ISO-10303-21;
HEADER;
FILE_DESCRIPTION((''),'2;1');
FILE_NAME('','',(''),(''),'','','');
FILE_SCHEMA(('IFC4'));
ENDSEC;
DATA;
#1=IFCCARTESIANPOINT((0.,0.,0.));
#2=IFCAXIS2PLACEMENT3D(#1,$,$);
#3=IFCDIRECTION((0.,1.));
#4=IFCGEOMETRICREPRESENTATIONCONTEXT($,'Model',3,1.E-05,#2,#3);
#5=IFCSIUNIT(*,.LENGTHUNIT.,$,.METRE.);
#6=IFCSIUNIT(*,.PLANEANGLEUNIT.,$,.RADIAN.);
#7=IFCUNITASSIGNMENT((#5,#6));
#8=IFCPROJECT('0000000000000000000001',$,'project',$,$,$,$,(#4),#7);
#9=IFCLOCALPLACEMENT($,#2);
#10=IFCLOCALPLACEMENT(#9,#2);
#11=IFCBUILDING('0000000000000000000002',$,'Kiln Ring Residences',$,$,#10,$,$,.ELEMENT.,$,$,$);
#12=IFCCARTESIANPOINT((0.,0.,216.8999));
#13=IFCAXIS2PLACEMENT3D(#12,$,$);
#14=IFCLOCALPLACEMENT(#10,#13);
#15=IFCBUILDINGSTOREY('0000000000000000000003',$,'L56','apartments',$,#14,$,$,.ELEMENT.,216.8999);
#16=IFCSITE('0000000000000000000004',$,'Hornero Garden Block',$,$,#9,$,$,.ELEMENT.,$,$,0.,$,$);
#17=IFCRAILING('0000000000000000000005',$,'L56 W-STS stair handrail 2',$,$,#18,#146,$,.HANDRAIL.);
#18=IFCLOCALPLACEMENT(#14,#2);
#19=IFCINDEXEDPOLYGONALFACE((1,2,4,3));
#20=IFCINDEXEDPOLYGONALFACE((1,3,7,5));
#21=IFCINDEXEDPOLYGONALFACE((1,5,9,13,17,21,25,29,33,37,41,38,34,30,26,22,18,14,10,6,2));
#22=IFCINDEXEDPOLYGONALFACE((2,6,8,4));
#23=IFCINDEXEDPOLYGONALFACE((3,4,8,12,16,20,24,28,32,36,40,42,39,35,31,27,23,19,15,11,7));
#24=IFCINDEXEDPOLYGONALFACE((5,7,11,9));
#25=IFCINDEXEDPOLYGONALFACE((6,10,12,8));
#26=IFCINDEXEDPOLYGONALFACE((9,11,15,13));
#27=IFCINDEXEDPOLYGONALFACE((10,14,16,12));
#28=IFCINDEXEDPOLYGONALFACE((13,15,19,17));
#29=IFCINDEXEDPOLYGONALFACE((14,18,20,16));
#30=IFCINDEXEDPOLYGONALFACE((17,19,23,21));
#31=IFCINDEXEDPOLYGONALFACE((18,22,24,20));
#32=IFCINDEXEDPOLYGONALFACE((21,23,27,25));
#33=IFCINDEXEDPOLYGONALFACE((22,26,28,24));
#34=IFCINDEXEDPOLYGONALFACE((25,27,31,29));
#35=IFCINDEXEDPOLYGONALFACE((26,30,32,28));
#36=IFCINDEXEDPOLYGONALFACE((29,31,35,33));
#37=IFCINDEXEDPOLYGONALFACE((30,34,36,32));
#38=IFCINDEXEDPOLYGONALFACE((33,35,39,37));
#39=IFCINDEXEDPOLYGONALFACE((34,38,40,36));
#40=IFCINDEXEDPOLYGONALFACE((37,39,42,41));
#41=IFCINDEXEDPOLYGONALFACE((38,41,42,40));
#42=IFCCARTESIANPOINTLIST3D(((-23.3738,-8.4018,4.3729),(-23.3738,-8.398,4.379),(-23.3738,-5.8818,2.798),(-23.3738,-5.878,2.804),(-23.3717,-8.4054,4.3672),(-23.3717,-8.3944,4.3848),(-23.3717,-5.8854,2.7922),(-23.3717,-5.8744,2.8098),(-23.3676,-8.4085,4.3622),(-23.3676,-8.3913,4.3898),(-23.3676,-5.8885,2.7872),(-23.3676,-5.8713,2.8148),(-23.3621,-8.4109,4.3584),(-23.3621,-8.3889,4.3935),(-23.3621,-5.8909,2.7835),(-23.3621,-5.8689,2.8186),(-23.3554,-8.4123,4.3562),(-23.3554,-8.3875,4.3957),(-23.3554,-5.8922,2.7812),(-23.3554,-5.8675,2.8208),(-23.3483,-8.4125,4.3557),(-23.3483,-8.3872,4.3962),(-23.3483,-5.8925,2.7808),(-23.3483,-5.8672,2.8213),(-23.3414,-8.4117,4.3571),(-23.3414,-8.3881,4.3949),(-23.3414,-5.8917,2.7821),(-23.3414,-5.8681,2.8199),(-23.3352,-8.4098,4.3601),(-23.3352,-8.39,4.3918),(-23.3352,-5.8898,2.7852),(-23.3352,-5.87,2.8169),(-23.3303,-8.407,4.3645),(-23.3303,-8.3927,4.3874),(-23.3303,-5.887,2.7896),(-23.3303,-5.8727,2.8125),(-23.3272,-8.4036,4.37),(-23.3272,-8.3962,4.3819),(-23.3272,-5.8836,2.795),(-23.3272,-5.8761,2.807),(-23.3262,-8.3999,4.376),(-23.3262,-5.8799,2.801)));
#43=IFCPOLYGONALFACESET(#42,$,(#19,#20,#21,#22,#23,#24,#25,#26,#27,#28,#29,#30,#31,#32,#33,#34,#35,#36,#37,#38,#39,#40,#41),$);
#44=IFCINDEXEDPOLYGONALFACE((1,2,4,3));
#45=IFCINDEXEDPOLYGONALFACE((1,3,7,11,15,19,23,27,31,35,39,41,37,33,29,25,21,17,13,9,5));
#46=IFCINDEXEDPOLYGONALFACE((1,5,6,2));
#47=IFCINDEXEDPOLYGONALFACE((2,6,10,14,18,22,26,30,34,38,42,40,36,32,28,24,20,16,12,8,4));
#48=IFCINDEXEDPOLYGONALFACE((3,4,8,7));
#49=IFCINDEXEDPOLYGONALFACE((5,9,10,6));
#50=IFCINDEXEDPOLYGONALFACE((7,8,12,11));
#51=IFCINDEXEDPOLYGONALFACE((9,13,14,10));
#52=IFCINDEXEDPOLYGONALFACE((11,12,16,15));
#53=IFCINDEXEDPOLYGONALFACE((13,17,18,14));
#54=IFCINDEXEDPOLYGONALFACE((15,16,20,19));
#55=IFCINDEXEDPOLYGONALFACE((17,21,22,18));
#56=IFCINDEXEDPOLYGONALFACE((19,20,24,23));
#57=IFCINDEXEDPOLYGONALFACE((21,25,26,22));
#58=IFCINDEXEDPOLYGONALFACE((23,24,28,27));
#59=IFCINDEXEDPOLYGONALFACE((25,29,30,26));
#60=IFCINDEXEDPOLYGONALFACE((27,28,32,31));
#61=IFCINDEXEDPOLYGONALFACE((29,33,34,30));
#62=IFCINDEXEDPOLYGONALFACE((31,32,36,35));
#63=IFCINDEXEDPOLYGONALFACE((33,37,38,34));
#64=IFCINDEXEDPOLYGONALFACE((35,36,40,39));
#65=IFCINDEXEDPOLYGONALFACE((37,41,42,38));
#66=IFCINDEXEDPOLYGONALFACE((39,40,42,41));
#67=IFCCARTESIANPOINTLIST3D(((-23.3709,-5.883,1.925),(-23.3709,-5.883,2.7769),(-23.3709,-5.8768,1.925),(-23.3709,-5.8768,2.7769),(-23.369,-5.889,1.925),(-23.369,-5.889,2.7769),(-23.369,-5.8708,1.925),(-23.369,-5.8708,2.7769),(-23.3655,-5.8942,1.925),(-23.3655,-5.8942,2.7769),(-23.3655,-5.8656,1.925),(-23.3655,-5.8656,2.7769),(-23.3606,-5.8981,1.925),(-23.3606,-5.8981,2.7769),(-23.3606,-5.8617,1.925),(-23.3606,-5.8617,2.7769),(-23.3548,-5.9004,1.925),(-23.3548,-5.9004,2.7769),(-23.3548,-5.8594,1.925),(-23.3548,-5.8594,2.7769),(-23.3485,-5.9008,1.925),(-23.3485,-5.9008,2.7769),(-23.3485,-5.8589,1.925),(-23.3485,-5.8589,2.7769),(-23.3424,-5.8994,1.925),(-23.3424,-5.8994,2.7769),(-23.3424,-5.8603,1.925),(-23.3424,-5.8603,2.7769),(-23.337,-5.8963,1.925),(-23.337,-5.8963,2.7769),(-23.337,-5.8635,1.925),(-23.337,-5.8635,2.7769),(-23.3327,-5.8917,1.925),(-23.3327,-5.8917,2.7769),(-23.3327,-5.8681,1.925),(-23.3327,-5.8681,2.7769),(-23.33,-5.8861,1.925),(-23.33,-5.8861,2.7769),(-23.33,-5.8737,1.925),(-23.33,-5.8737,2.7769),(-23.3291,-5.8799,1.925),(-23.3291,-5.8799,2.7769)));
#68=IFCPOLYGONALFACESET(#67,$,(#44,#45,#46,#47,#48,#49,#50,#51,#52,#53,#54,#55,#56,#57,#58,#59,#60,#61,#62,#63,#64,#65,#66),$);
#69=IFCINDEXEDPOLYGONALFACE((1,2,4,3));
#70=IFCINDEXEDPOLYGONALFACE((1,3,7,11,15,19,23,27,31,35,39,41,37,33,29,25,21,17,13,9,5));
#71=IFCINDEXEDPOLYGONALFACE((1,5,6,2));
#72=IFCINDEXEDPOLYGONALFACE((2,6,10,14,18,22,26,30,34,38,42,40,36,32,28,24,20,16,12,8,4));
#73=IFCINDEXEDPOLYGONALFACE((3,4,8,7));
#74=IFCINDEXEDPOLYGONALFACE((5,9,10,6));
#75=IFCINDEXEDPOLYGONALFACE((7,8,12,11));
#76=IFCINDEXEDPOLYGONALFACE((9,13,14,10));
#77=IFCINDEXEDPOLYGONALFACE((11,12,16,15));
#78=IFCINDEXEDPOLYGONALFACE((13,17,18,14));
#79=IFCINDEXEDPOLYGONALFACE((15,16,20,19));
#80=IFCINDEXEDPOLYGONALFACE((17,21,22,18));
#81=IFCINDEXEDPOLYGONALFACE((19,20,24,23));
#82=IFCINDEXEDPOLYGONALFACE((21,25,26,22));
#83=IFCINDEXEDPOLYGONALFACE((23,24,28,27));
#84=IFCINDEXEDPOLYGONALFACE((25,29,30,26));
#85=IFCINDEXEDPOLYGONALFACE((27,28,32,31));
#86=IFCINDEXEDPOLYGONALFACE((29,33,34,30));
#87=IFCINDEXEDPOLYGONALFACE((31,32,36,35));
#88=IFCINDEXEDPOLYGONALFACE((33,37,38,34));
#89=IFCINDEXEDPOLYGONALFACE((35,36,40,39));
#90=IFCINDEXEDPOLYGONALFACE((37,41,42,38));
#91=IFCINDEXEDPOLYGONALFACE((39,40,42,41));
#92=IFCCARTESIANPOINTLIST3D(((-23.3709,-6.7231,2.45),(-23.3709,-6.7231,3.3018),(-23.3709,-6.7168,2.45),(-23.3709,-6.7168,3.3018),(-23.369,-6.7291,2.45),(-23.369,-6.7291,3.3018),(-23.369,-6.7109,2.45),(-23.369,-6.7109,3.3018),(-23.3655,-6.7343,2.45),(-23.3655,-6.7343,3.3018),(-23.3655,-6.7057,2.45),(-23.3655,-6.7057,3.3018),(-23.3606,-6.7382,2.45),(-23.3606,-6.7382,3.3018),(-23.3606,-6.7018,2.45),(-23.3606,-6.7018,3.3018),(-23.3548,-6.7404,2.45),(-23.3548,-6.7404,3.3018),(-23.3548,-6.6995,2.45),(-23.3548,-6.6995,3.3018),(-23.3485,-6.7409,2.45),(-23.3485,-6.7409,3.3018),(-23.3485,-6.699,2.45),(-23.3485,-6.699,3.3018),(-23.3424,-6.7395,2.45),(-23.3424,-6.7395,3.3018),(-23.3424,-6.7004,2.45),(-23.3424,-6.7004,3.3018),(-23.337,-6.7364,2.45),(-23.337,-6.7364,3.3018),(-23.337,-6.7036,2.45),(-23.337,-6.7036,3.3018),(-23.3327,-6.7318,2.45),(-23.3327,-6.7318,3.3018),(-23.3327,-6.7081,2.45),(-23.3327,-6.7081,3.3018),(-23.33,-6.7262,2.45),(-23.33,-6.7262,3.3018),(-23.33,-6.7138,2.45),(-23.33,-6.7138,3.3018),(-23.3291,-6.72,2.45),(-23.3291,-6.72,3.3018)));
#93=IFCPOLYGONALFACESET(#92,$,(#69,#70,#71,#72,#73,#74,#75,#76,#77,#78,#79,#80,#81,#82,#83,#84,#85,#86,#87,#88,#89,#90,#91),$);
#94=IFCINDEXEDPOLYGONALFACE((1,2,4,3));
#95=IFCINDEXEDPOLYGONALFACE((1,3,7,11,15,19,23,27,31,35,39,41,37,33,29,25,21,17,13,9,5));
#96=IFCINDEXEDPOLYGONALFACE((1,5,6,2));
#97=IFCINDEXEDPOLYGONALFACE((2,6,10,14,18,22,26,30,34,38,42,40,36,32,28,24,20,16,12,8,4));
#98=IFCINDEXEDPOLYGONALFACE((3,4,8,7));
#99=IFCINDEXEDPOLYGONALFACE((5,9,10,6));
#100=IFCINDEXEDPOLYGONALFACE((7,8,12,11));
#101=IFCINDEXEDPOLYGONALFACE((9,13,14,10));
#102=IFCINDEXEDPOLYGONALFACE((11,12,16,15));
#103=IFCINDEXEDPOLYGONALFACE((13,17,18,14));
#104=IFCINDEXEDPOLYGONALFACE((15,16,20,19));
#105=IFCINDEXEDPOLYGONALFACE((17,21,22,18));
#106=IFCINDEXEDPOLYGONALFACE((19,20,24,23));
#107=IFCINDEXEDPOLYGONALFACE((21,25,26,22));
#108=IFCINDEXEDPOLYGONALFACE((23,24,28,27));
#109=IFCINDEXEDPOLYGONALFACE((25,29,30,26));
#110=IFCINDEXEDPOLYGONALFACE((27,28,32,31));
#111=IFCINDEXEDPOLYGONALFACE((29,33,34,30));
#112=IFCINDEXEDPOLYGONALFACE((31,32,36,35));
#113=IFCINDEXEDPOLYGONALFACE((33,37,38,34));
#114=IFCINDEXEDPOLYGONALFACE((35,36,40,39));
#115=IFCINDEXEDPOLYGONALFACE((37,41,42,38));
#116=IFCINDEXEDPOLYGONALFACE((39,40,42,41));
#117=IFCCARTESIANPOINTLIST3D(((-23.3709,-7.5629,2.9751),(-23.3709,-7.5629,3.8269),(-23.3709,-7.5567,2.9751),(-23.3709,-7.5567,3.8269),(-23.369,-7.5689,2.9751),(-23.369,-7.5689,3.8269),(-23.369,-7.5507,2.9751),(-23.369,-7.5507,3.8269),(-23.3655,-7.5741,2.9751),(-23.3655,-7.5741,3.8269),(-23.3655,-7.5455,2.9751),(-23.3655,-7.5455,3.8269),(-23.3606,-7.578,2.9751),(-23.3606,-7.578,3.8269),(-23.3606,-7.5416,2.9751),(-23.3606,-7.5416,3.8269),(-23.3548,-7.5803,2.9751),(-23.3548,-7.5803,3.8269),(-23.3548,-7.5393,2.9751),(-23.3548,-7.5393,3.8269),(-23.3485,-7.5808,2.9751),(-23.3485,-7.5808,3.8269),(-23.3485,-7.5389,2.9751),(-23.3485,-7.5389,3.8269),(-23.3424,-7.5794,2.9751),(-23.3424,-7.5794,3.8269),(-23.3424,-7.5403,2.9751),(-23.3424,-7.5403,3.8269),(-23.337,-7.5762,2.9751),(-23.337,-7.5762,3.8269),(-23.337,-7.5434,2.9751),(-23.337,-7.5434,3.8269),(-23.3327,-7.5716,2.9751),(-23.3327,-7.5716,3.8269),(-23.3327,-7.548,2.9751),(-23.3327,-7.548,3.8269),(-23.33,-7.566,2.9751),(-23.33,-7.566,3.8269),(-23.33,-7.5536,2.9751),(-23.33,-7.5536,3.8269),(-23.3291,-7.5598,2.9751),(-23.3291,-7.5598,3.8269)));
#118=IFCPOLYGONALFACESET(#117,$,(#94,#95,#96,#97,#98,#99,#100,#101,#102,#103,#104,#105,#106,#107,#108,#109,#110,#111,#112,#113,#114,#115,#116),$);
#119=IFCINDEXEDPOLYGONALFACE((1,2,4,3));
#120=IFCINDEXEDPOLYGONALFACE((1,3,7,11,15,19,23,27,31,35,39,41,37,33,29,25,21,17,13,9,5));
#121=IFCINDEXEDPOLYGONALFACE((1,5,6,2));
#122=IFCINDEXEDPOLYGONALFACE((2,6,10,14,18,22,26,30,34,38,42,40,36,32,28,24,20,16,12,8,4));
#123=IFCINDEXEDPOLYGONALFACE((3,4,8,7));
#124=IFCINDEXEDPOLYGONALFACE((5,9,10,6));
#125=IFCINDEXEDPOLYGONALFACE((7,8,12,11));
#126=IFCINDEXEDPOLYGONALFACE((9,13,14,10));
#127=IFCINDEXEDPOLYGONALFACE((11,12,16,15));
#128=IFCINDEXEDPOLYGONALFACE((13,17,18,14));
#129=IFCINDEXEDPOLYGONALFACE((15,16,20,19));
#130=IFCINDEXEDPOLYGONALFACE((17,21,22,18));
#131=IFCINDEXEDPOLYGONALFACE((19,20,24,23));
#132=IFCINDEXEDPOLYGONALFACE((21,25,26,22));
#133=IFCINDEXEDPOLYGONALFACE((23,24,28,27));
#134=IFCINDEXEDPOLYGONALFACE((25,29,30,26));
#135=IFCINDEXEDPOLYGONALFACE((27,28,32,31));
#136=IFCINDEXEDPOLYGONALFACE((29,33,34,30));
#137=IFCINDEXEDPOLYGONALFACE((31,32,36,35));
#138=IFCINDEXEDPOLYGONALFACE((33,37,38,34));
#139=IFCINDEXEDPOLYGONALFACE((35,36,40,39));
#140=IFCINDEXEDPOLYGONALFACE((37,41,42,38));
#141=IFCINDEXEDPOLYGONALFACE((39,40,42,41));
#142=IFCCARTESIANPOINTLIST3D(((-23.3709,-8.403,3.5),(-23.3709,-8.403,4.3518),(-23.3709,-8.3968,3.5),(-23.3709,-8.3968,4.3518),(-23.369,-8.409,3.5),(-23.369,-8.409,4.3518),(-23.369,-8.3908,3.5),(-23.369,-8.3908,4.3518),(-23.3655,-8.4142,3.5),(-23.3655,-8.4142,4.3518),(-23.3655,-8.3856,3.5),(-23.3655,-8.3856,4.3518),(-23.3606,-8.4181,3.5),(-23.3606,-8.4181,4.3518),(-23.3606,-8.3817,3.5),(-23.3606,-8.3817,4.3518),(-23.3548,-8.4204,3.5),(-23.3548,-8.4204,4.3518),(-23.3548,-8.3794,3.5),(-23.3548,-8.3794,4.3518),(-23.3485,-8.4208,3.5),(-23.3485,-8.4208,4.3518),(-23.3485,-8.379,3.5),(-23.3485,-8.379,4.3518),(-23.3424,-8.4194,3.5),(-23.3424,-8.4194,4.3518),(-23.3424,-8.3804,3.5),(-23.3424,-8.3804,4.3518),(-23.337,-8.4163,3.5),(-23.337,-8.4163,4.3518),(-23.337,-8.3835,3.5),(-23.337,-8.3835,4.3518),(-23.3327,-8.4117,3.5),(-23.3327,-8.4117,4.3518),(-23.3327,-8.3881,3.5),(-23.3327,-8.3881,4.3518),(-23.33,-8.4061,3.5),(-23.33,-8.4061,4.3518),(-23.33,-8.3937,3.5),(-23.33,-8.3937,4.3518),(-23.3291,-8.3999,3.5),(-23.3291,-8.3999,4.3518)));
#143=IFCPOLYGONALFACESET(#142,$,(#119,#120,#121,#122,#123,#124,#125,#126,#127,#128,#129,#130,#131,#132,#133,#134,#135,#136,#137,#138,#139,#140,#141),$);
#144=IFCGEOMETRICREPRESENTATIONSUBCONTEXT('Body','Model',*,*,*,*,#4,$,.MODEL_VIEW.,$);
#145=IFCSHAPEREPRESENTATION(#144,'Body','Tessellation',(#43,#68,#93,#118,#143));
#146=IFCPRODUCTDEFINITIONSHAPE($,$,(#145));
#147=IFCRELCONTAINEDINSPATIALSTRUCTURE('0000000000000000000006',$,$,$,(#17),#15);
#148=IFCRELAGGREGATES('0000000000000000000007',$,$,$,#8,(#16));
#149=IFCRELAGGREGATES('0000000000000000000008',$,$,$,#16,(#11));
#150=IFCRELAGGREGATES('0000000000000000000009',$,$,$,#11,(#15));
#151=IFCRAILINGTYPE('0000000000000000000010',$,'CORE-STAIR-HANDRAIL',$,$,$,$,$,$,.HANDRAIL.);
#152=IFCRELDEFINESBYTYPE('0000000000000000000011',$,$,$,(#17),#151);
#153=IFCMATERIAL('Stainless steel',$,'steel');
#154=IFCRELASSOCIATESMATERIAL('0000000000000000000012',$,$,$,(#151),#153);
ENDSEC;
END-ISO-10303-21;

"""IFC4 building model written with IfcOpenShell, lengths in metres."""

from ifc_helpers import new_model, si_unit, direction, frame, origin, origin_2d, place, context, subcontext, project, spatial, circle, extrude, material, type_object, element, save


model = new_model("IFC4")

# Units and contexts
model_context = context("Model", 3, precision=1e-05, world=origin(), true_north=direction((0.0, 1.0)))
body_context = subcontext(model_context, "Body", "Model", "MODEL_VIEW")
ifc_project = project(units=[si_unit("LENGTHUNIT", "METRE"), si_unit("PLANEANGLEUNIT", "RADIAN")], contexts=[model_context])

# Site, building, storey
site_placement = place(None, origin())
site = spatial("IfcSite", under=ifc_project, at=site_placement, Name="Hornero Garden Block", CompositionType="ELEMENT", RefElevation=0.0)
building_placement = place(site_placement, origin())
building = spatial("IfcBuilding", under=site, at=building_placement, Name="Kiln Ring Residences", CompositionType="ELEMENT")
storey_placement = place(building_placement, frame((0.0, 0.0, 216.8999)))
storey = spatial("IfcBuildingStorey", under=building, at=storey_placement, Name="L56", Description="apartments", CompositionType="ELEMENT", Elevation=216.8999)

# Railing
ifc_material_1 = material(Name="Stainless steel", Category="steel")
railing_type_1 = type_object("IfcRailingType", Name="CORE-STAIR-HANDRAIL", PredefinedType="HANDRAIL", material=ifc_material_1)
railing_1_placement = place(storey_placement, frame((-23.3501, -5.8799, 1.925)))
element("IfcRailing", 1, at=railing_1_placement, inside=storey, type_object=railing_type_1, Name="L56 W-STS stair handrail 2", PredefinedType="HANDRAIL", context=body_context, shape_type="SweptSolid", body=[
    extrude(circle(Radius=0.0239, at=origin_2d()), frame((0.0, 0.0, 0.876), z_axis=(0.0, -0.848008, 0.529984), x_axis=(1.0, 0.0, 0.0)), (0.0, 0.0, 1.0), 2.9717),
    extrude(circle(Radius=0.021, at=origin_2d()), origin(), (0.0, 0.0, 1.0), 0.8518),
    extrude(circle(Radius=0.021, at=origin_2d()), frame((0.0, -0.8401, 0.5249)), (0.0, 0.0, 1.0), 0.8518),
    extrude(circle(Radius=0.021, at=origin_2d()), frame((0.0, -1.6799, 1.05)), (0.0, 0.0, 1.0), 0.8518),
    extrude(circle(Radius=0.021, at=origin_2d()), frame((0.0, -2.52, 1.575)), (0.0, 0.0, 1.0), 0.8518),
])

save(model, "model.ifc")
